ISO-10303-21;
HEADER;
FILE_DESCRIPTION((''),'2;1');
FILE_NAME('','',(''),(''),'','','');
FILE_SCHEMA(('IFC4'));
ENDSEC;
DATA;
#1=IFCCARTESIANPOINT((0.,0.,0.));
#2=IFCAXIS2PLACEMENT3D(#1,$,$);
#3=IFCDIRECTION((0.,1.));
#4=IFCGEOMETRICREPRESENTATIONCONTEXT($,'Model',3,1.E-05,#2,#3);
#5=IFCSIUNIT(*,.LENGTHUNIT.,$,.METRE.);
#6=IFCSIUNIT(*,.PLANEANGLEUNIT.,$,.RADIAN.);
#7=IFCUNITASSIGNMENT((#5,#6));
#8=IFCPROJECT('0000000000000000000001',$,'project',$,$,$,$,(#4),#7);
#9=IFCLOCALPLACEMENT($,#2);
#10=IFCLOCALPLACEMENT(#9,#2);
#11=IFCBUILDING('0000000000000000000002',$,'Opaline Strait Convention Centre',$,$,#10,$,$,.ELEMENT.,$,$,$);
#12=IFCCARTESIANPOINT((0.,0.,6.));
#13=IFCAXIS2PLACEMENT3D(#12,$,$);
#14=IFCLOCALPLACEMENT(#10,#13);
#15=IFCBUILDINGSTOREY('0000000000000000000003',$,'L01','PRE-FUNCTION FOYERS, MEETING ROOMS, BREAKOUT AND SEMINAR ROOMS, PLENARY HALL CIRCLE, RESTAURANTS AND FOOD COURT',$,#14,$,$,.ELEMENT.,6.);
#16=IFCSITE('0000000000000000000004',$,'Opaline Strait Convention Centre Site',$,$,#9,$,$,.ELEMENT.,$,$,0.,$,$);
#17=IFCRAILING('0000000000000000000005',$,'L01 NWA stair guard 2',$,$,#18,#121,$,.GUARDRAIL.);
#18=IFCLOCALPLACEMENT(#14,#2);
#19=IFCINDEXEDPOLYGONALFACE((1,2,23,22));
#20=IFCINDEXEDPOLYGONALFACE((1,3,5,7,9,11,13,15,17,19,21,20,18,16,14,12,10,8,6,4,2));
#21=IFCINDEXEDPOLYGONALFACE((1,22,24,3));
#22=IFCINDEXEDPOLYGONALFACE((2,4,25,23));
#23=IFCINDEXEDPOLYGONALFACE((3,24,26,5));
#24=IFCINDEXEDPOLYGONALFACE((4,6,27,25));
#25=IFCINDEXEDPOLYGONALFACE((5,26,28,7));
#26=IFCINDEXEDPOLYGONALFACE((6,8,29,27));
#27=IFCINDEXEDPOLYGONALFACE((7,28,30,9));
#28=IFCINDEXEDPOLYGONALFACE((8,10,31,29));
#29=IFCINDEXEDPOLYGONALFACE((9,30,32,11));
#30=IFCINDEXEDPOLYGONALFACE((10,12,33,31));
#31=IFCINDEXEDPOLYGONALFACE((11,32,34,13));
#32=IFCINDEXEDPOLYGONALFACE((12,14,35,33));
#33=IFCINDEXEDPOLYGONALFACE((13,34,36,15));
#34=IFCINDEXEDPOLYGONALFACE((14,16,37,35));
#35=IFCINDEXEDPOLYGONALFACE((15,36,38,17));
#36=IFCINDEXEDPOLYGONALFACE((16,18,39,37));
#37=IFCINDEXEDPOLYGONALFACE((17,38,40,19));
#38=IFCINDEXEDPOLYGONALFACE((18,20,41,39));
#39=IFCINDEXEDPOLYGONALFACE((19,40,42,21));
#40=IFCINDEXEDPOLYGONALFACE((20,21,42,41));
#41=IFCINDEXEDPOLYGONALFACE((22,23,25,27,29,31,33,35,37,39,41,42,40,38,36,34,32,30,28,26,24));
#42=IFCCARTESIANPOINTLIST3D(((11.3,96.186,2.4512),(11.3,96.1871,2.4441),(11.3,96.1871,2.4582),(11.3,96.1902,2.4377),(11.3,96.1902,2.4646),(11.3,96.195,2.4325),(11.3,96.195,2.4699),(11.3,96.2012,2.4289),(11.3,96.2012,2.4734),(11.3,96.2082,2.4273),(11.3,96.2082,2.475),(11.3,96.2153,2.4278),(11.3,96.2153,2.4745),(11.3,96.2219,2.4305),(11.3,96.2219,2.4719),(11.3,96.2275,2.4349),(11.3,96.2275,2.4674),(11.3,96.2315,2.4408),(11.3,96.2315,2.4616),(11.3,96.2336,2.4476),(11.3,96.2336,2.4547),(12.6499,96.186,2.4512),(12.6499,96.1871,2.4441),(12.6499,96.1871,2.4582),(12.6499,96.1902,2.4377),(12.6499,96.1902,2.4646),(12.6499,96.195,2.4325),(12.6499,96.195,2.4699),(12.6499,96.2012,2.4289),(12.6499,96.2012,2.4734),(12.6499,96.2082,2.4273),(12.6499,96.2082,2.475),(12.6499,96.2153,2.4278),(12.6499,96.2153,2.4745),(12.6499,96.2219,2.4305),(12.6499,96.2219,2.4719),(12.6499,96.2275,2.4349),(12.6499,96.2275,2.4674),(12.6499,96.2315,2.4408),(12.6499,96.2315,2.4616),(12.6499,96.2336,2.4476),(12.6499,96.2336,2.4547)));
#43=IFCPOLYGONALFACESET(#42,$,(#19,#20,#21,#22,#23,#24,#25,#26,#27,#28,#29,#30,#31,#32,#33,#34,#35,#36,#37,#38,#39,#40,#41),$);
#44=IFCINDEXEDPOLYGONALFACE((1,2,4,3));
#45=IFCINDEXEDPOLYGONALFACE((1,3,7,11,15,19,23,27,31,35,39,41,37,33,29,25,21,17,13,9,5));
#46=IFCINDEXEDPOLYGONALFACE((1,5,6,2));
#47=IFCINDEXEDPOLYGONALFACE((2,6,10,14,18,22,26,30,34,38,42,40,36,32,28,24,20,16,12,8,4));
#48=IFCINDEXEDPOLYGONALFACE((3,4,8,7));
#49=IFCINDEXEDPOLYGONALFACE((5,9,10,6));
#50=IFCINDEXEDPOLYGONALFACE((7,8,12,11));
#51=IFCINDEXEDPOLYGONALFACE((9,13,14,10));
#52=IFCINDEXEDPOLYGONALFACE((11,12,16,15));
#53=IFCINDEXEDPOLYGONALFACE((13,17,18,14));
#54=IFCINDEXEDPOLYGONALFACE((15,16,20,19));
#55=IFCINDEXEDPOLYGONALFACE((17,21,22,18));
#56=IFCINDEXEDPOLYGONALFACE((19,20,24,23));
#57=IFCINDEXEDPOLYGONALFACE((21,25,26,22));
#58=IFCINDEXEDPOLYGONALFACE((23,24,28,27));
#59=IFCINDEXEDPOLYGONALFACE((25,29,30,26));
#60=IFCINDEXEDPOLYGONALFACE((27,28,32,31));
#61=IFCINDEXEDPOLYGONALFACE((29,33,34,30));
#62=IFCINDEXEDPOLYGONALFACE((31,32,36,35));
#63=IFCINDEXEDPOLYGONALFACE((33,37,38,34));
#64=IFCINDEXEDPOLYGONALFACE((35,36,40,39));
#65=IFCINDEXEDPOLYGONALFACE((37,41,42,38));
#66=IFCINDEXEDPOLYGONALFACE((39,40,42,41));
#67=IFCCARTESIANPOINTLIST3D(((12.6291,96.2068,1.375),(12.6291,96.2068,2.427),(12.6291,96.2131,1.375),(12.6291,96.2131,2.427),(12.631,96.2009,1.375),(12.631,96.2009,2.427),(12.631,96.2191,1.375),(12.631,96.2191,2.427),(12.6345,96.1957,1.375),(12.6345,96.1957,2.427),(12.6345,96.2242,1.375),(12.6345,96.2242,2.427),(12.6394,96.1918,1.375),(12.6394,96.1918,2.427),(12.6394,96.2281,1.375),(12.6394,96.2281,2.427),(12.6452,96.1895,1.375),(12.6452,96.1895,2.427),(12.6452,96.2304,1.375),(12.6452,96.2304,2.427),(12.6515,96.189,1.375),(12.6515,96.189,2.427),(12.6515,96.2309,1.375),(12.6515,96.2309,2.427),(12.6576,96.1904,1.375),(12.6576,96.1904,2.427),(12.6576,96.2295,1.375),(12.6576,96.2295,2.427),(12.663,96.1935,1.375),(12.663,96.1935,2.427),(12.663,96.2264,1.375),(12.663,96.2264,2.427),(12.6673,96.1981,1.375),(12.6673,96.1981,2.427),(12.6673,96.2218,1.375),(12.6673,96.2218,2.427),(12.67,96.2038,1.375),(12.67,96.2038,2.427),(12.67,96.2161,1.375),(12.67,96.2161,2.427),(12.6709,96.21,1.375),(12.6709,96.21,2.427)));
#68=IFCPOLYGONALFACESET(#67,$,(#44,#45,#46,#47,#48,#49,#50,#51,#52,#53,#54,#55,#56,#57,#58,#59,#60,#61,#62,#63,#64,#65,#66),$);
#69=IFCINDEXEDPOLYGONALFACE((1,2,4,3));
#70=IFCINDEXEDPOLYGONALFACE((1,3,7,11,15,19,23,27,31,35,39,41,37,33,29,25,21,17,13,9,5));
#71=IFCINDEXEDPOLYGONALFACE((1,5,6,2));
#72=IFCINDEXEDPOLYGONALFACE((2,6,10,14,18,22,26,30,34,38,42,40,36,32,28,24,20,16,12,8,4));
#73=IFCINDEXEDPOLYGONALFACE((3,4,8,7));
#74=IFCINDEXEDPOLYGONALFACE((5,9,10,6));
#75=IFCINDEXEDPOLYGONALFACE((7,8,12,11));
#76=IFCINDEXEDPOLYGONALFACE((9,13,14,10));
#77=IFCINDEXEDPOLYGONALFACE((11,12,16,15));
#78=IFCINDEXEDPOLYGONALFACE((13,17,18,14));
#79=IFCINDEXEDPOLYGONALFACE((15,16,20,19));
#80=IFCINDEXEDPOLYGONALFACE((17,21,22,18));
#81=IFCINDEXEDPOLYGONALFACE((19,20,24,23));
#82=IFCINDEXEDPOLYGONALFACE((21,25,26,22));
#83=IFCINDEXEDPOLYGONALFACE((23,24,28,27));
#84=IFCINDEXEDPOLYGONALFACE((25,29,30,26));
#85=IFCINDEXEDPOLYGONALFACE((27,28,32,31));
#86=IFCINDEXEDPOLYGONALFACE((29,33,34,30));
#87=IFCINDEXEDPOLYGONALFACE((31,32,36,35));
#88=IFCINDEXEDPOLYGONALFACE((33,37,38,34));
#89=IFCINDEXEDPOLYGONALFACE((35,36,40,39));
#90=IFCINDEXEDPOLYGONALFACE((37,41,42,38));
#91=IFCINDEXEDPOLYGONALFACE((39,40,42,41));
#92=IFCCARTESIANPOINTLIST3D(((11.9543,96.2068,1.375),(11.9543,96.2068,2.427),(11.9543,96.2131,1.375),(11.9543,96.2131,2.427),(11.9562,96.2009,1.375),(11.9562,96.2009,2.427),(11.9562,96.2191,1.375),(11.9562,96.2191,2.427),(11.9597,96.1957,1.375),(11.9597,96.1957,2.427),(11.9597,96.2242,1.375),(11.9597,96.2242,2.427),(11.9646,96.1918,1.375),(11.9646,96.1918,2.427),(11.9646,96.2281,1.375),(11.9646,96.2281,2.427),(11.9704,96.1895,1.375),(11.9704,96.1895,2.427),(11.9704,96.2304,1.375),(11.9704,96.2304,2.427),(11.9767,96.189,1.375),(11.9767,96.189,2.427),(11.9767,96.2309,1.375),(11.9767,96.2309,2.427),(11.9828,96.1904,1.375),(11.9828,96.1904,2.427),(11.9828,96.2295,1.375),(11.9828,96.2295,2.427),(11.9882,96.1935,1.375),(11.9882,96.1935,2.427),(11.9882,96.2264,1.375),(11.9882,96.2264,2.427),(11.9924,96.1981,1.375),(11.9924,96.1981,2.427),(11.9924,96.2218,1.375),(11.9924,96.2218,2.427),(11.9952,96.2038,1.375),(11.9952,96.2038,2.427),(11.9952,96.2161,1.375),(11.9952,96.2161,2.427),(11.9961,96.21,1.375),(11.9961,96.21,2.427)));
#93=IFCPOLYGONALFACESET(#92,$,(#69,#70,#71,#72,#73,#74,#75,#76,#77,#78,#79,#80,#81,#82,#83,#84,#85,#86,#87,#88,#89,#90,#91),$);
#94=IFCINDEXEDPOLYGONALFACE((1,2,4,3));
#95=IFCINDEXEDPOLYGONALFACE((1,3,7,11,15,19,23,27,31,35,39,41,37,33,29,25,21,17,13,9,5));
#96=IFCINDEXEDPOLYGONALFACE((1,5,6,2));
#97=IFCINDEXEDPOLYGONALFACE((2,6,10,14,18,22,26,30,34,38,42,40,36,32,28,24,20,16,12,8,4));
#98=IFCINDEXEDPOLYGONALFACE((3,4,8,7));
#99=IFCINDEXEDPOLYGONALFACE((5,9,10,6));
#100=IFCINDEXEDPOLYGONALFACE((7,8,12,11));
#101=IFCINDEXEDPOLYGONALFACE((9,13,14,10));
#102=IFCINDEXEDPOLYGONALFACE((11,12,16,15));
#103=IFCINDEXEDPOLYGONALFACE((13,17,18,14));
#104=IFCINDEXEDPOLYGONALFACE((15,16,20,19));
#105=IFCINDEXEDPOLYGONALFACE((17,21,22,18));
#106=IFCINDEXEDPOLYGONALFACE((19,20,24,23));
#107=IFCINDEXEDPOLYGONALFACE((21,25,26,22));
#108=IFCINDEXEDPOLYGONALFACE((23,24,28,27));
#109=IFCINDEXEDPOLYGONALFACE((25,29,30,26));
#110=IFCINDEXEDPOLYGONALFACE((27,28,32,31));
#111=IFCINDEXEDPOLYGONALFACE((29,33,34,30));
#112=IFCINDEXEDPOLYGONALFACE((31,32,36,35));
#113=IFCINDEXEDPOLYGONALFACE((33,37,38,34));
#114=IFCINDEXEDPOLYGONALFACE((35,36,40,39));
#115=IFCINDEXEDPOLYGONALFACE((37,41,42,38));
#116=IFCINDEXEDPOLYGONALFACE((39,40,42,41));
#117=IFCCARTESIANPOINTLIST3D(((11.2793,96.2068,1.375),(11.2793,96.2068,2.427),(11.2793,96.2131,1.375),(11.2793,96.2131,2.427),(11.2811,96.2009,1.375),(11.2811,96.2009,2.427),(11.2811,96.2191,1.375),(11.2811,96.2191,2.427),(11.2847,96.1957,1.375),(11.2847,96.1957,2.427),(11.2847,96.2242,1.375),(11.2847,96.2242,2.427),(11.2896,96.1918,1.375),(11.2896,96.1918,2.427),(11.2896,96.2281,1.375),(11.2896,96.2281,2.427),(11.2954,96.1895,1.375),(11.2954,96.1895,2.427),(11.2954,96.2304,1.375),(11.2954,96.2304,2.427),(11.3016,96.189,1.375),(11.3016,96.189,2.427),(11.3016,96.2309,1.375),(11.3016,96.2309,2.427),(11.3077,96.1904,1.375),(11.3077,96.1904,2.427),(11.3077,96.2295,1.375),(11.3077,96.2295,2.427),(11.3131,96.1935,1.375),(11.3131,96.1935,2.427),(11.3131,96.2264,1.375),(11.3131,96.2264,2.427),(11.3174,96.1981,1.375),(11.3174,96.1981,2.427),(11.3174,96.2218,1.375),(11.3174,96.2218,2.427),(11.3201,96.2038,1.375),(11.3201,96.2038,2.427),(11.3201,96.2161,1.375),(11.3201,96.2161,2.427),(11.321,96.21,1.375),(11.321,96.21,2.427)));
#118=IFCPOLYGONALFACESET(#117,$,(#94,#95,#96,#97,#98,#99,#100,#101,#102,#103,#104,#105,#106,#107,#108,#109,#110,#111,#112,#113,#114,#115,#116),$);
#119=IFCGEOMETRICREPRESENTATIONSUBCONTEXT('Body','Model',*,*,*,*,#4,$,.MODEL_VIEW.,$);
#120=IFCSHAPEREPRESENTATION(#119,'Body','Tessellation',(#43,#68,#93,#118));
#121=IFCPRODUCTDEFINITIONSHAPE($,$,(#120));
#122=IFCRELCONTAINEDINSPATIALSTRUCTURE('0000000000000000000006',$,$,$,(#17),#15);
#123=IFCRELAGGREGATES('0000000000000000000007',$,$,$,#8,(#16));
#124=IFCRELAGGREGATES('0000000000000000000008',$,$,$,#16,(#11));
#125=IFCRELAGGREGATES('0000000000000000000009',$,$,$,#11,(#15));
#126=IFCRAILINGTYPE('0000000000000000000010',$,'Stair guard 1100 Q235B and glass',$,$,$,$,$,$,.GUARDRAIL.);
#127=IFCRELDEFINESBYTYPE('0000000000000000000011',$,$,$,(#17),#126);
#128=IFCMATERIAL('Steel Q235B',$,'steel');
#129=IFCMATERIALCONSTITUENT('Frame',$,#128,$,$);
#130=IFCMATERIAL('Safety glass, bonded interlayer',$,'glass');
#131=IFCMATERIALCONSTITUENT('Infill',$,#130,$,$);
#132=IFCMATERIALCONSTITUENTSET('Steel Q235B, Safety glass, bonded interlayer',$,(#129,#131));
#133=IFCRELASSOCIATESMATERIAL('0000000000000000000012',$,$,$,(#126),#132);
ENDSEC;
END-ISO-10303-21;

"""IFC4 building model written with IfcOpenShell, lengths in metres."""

from ifc_helpers import new_model, si_unit, direction, frame, origin, origin_2d, place, context, subcontext, project, spatial, circle, extrude, material, constituent, constituent_set, type_object, element, save


model = new_model("IFC4")

# Units and contexts
model_context = context("Model", 3, precision=1e-05, world=origin(), true_north=direction((0.0, 1.0)))
body_context = subcontext(model_context, "Body", "Model", "MODEL_VIEW")
ifc_project = project(units=[si_unit("LENGTHUNIT", "METRE"), si_unit("PLANEANGLEUNIT", "RADIAN")], contexts=[model_context])

# Site, building, storey
site_placement = place(None, origin())
site = spatial("IfcSite", under=ifc_project, at=site_placement, Name="Opaline Strait Convention Centre Site", CompositionType="ELEMENT", RefElevation=0.0)
building_placement = place(site_placement, origin())
building = spatial("IfcBuilding", under=site, at=building_placement, Name="Opaline Strait Convention Centre", CompositionType="ELEMENT")
storey_placement = place(building_placement, frame((0.0, 0.0, 6.0)))
storey = spatial("IfcBuildingStorey", under=building, at=storey_placement, Name="L01", Description="PRE-FUNCTION FOYERS, MEETING ROOMS, BREAKOUT AND SEMINAR ROOMS, PLENARY HALL CIRCLE, RESTAURANTS AND FOOD COURT", CompositionType="ELEMENT", Elevation=6.0)

# Railing
ifc_material_1 = material(Name="Steel Q235B", Category="steel")
ifc_constituent_1 = constituent(ifc_material_1, Name="Frame")
ifc_material_2 = material(Name="Safety glass, bonded interlayer", Category="glass")
ifc_constituent_2 = constituent(ifc_material_2, Name="Infill")
ifc_constituent_set = constituent_set(constituents=[ifc_constituent_1, ifc_constituent_2], Name="Steel Q235B, Safety glass, bonded interlayer")
railing_type_1 = type_object("IfcRailingType", Name="Stair guard 1100 Q235B and glass", PredefinedType="GUARDRAIL", material=ifc_constituent_set)
railing_1_placement = place(storey_placement, frame((12.6499, 96.21, 1.375)))
element("IfcRailing", 1, at=railing_1_placement, inside=storey, type_object=railing_type_1, Name="L01 NWA stair guard 2", PredefinedType="GUARDRAIL", context=body_context, shape_type="SweptSolid", body=[
    extrude(circle(Radius=0.0239, at=origin_2d()), frame((0.0, 0.0, 1.0762), z_axis=(-1.0, 0.0, 0.0), x_axis=(0.0, -1.0, 0.0)), (0.0, 0.0, 1.0), 1.3499),
    extrude(circle(Radius=0.021, at=origin_2d()), origin(), (0.0, 0.0, 1.0), 1.052),
    extrude(circle(Radius=0.021, at=origin_2d()), frame((-0.6748, 0.0, 0.0)), (0.0, 0.0, 1.0), 1.052),
    extrude(circle(Radius=0.021, at=origin_2d()), frame((-1.3499, 0.0, 0.0)), (0.0, 0.0, 1.0), 1.052),
])

save(model, "model.ifc")
